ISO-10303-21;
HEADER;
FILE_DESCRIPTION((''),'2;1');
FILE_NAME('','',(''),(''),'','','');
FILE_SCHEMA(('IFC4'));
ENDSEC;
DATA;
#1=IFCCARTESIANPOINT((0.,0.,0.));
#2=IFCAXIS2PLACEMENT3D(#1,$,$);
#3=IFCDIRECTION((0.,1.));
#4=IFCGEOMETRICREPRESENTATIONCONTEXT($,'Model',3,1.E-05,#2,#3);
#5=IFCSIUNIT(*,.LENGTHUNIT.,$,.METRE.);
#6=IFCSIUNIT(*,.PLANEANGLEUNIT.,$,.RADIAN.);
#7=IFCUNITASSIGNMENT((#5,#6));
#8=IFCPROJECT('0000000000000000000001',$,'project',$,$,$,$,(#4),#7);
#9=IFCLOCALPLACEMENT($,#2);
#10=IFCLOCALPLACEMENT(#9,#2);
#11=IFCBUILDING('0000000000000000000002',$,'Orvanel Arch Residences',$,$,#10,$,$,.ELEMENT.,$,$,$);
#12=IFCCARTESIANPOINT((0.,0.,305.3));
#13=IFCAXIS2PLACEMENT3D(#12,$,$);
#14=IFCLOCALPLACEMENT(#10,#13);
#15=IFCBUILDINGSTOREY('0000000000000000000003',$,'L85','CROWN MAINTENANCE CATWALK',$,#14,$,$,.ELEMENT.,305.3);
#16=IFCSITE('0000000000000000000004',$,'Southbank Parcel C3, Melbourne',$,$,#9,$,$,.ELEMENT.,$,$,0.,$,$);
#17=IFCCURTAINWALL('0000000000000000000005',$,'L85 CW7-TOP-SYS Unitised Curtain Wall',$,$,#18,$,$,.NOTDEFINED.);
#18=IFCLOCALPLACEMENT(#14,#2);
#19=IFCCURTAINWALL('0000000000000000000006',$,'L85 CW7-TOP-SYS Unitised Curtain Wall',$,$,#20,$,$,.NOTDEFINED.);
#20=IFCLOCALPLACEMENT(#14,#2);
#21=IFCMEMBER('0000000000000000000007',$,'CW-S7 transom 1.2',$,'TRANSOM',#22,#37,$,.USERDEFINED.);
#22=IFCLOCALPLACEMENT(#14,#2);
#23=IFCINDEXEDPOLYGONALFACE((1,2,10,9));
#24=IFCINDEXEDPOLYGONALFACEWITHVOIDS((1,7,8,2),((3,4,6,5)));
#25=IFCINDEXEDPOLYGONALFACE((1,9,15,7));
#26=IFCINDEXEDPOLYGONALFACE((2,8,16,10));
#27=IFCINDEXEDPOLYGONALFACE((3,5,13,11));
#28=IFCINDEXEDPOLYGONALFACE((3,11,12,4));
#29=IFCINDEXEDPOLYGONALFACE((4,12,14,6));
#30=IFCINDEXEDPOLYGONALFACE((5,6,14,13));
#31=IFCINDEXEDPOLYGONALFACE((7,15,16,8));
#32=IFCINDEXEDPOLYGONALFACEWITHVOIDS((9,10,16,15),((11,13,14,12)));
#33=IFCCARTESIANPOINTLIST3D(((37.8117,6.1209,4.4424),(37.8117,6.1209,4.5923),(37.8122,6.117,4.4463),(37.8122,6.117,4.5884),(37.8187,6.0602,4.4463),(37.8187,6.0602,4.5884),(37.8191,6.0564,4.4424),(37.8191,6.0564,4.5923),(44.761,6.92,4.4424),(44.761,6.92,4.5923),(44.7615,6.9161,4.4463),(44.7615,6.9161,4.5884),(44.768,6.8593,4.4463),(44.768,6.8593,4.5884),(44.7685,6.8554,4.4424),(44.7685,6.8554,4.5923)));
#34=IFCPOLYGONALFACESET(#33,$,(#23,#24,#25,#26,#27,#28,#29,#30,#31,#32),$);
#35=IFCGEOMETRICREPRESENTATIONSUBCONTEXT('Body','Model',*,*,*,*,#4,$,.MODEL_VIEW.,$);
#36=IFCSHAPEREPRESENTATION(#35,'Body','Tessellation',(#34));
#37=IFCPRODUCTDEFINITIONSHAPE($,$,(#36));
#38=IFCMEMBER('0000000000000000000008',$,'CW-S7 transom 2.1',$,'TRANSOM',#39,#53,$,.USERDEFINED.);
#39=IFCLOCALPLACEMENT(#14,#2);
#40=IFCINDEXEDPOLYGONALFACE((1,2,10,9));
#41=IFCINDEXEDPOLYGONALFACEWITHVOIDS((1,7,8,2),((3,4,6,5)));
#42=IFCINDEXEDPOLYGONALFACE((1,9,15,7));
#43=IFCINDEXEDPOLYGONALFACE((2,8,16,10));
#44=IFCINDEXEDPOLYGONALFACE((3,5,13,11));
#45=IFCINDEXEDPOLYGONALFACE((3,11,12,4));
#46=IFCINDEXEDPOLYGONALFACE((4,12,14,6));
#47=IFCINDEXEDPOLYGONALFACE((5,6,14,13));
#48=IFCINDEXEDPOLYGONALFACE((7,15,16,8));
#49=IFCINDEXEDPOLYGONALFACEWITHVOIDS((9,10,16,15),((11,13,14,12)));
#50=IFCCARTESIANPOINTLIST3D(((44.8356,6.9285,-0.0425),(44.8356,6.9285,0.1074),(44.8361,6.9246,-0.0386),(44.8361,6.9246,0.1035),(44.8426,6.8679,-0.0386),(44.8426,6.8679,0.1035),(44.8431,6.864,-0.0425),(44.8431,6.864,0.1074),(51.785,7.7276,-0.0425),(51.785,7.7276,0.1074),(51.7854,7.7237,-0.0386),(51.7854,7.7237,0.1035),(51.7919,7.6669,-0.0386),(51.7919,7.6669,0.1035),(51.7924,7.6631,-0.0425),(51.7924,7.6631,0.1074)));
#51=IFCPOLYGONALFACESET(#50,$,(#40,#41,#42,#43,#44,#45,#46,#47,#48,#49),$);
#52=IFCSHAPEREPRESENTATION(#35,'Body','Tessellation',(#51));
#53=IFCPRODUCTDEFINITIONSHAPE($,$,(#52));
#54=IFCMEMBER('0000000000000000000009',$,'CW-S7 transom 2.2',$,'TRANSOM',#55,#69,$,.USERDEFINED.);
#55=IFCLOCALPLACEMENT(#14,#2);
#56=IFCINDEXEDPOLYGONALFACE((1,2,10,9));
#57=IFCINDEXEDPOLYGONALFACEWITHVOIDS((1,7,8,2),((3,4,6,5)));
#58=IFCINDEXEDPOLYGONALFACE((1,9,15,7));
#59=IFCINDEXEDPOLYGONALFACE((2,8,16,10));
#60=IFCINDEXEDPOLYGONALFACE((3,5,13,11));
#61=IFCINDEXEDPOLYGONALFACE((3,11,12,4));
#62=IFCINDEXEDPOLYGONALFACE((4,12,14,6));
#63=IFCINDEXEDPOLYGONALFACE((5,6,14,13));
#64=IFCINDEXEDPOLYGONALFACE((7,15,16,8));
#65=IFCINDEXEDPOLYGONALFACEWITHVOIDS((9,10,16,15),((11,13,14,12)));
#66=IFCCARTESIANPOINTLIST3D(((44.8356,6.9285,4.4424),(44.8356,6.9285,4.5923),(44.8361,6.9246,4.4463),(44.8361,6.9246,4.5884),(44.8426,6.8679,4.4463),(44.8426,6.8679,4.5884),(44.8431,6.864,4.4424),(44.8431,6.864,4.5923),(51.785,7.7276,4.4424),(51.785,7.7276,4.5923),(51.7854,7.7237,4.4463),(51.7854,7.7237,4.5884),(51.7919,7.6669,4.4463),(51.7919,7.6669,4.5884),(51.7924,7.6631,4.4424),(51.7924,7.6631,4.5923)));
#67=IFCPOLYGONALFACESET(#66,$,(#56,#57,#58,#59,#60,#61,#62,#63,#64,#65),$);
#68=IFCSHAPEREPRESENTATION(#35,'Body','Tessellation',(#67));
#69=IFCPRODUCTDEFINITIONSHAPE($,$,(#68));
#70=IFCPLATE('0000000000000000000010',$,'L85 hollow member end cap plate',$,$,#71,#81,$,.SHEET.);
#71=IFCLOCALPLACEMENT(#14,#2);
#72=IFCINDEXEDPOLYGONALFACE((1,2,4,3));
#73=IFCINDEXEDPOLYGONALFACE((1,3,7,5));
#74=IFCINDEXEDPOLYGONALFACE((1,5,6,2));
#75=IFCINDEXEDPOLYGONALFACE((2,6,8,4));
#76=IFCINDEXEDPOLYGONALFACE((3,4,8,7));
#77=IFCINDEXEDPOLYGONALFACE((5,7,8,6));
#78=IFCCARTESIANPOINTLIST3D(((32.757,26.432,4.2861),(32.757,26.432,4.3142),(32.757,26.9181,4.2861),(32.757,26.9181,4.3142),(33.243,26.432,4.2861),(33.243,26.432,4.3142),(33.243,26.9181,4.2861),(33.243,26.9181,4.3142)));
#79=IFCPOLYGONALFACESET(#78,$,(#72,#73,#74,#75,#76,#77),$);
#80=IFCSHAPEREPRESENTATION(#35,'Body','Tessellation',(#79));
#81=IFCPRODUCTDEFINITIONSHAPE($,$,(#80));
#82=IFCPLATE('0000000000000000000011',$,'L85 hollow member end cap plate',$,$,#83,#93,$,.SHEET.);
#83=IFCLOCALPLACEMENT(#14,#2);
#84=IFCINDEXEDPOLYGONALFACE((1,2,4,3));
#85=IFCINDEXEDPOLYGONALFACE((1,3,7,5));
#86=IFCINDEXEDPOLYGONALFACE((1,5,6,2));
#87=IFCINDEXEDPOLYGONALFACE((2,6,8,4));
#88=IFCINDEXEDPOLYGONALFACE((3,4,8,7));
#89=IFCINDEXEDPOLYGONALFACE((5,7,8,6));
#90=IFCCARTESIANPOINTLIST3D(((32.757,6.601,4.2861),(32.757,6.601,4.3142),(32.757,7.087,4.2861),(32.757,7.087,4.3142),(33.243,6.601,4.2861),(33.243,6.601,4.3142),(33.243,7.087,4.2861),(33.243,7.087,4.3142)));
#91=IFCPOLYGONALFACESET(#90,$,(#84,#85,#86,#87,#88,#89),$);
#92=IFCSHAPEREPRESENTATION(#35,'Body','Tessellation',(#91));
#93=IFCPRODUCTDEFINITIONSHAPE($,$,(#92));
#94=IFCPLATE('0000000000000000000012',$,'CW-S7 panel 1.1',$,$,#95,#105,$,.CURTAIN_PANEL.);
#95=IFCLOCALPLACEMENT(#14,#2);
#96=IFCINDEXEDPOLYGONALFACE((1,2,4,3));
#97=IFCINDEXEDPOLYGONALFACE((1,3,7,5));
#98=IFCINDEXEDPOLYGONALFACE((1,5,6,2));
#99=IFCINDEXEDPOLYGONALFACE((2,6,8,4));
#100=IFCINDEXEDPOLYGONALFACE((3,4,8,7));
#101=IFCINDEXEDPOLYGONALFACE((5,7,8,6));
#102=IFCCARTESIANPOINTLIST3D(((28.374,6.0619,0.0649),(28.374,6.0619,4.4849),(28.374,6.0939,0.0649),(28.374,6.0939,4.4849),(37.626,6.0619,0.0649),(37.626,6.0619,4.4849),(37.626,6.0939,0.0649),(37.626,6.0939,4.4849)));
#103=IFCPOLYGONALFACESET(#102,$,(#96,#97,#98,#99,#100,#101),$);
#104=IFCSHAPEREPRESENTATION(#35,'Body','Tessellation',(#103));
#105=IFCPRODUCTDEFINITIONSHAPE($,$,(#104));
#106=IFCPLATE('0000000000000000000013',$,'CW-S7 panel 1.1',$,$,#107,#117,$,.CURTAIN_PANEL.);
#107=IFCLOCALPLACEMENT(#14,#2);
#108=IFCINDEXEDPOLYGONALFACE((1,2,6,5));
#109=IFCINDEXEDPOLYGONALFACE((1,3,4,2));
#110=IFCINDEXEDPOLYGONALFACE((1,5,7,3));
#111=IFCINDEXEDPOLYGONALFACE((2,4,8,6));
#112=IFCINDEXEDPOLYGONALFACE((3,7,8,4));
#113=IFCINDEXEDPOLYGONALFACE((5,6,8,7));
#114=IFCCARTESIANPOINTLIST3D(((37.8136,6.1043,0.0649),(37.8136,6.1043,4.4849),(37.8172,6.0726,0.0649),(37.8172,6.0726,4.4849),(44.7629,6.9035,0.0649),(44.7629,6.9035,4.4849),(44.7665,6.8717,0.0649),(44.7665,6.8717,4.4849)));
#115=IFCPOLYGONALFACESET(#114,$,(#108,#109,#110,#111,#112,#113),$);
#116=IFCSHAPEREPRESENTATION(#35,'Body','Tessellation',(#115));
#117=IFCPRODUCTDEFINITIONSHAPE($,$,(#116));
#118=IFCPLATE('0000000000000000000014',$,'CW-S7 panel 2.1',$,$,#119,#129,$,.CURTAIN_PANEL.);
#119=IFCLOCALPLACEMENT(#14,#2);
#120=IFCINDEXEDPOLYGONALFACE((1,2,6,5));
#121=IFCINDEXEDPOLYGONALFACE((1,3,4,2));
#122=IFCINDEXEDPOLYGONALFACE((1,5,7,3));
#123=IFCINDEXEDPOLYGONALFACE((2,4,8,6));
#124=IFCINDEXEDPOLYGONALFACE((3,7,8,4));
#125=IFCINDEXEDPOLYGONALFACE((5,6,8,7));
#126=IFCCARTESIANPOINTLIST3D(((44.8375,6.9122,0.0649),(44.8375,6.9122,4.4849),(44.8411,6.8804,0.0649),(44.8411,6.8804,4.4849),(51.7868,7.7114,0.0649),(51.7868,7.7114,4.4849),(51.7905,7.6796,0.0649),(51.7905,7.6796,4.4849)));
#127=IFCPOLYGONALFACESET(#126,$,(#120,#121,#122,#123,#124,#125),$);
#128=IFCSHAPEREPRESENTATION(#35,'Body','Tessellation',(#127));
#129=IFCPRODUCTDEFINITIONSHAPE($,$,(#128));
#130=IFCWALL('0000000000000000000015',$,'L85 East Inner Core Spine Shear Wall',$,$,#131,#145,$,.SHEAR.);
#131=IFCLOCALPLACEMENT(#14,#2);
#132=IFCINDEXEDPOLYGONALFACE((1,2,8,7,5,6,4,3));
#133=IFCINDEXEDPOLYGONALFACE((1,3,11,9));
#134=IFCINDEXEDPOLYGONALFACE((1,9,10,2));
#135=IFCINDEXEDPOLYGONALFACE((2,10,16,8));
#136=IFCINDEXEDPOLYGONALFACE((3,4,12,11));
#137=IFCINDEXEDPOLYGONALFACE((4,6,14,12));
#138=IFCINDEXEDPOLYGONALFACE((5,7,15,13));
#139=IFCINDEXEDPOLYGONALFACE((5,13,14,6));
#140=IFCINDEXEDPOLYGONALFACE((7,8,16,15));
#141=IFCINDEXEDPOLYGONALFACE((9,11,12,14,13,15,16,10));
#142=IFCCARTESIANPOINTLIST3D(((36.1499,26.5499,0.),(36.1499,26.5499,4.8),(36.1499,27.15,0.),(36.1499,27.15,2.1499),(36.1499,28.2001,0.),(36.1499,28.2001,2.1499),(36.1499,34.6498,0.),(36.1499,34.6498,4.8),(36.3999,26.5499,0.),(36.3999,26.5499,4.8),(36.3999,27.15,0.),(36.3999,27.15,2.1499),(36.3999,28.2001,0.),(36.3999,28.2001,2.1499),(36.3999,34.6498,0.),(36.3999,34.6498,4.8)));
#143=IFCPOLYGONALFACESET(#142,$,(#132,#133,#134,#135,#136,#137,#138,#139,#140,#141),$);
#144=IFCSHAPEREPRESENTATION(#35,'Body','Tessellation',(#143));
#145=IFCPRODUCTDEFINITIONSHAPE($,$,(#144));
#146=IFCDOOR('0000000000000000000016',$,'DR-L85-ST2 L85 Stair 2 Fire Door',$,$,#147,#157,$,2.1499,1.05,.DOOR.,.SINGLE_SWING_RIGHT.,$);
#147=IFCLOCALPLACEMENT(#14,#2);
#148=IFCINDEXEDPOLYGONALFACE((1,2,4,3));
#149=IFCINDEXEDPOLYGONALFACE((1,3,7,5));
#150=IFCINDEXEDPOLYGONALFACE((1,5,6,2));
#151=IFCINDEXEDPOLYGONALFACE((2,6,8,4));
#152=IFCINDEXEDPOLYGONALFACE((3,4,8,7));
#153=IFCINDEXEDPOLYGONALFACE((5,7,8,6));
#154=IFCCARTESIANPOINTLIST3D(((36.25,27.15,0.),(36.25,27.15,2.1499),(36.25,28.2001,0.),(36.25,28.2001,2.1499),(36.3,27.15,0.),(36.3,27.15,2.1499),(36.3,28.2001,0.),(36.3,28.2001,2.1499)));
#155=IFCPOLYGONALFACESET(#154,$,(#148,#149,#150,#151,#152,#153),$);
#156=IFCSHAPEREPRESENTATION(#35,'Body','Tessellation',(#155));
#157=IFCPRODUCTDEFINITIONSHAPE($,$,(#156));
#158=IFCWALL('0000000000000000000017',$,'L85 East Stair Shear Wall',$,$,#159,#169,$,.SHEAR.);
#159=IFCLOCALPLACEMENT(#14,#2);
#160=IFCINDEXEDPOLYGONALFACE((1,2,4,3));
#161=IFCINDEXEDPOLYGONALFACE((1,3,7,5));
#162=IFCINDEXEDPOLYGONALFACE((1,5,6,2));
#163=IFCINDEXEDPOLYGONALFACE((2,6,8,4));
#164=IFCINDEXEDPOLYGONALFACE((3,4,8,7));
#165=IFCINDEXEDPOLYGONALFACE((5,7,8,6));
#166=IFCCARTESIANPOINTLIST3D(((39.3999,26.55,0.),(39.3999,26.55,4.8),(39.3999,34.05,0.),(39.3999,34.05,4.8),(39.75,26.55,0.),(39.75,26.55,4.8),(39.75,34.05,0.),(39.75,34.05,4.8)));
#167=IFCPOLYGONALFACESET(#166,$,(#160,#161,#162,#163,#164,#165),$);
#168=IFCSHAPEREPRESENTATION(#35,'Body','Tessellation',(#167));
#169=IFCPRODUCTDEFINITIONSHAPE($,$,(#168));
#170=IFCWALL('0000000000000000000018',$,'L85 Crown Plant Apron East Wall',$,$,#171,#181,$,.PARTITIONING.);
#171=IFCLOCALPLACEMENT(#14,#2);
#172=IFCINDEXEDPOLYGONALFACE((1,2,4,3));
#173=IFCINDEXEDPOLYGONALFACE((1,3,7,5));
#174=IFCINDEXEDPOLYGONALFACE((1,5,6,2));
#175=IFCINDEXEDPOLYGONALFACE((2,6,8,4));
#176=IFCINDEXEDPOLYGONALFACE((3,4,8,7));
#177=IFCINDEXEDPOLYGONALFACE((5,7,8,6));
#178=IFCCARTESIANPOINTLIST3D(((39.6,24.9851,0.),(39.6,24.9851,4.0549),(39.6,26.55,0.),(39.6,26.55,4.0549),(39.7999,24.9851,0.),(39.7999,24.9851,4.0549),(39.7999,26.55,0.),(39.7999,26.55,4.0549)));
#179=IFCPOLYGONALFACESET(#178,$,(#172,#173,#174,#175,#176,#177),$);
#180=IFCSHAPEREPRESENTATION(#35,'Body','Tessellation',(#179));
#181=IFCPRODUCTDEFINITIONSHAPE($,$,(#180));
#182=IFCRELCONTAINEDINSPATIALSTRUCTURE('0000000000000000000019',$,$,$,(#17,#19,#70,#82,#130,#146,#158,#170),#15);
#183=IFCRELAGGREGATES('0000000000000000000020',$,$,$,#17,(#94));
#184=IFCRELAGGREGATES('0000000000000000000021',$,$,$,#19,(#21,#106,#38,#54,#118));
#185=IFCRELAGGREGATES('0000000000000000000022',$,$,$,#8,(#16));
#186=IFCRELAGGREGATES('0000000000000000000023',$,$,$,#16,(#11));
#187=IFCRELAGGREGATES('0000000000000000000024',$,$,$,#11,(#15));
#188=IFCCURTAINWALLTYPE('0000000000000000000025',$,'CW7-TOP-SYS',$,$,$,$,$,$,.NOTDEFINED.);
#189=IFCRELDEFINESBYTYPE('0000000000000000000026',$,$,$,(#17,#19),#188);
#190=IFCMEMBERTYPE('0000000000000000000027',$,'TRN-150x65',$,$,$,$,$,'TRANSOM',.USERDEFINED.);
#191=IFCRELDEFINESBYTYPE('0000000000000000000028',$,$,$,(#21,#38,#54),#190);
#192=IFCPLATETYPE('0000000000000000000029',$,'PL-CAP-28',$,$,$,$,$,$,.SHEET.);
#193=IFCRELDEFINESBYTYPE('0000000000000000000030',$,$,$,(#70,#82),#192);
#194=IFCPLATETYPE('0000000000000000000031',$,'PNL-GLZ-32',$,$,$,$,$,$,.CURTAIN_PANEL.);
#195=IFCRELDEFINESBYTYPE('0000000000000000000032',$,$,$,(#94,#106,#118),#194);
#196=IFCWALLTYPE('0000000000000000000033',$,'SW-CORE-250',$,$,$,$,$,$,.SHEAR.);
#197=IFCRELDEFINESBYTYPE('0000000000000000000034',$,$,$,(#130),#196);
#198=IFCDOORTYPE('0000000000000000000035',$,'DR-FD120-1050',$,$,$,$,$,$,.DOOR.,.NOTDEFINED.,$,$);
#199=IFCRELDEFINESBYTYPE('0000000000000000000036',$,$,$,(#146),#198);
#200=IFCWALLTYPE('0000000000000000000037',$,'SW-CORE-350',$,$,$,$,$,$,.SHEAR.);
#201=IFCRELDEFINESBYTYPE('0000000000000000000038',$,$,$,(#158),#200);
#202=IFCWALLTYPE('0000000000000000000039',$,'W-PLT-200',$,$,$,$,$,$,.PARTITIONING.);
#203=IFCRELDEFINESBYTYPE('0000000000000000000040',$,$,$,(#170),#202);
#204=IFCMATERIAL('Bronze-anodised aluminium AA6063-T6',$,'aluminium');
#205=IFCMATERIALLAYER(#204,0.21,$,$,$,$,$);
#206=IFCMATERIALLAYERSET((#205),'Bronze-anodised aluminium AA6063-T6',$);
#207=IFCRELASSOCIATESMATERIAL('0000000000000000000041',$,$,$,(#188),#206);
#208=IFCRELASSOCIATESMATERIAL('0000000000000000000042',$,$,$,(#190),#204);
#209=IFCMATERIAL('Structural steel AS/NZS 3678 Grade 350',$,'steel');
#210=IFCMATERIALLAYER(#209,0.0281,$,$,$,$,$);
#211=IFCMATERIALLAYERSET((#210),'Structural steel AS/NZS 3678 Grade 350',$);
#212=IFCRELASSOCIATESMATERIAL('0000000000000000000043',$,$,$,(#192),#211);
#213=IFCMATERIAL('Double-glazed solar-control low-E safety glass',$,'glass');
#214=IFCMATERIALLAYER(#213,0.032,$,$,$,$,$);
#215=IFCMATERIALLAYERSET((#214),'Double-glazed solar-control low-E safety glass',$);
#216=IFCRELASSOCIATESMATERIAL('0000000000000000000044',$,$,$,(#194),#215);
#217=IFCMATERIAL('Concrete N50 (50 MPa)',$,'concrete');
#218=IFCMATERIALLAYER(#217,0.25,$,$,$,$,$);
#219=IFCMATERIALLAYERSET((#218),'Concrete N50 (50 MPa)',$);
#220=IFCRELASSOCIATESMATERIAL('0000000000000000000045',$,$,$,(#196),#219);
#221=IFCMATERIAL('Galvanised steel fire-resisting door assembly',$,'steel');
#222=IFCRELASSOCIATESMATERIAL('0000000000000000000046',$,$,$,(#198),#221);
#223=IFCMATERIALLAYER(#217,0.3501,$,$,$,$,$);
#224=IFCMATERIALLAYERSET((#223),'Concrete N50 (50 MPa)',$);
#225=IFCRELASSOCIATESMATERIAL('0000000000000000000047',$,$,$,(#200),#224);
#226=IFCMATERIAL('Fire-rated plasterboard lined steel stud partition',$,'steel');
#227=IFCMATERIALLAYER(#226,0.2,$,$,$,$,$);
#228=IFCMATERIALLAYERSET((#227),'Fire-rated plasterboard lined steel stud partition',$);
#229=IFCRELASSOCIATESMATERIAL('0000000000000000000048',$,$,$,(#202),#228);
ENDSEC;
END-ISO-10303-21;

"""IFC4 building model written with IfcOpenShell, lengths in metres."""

from ifc_helpers import new_model, si_unit, direction, frame, frame_2d, origin, origin_2d, place, context, subcontext, project, spatial, rectangle, hollow_rectangle, extrude, material, layer, layer_set, material_profile, profile_set, type_object, element, fill, aggregate, save


model = new_model("IFC4")

# Units and contexts
model_context = context("Model", 3, precision=1e-05, world=origin(), true_north=direction((0.0, 1.0)))
body_context = subcontext(model_context, "Body", "Model", "MODEL_VIEW")
ifc_project = project(units=[si_unit("LENGTHUNIT", "METRE"), si_unit("PLANEANGLEUNIT", "RADIAN")], contexts=[model_context])

# Site, building, storey
site_placement = place(None, origin())
site = spatial("IfcSite", under=ifc_project, at=site_placement, Name="Southbank Parcel C3, Melbourne", CompositionType="ELEMENT", RefElevation=0.0)
building_placement = place(site_placement, origin())
building = spatial("IfcBuilding", under=site, at=building_placement, Name="Orvanel Arch Residences", CompositionType="ELEMENT")
storey_placement = place(building_placement, frame((0.0, 0.0, 305.3)))
storey = spatial("IfcBuildingStorey", under=building, at=storey_placement, Name="L85", Description="CROWN MAINTENANCE CATWALK", CompositionType="ELEMENT", Elevation=305.3)

# Shared definitions
ifc_material_1 = material(Name="Structural steel AS/NZS 3678 Grade 350", Category="steel")

# Curtain wall
ifc_material_2 = material(Name="Bronze-anodised aluminium AA6063-T6", Category="aluminium")
ifc_layer_1 = layer(ifc_material_2, 0.21)
ifc_layer_set_1 = layer_set([ifc_layer_1], Name="Bronze-anodised aluminium AA6063-T6")
curtain_wall_type = type_object("IfcCurtainWallType", Name="CW7-TOP-SYS", PredefinedType="NOTDEFINED", material=ifc_layer_set_1)
curtain_wall_1_placement = place(storey_placement, origin())
curtain_wall_1 = element("IfcCurtainWall", 1, at=curtain_wall_1_placement, inside=storey, type_object=curtain_wall_type, Name="L85 CW7-TOP-SYS Unitised Curtain Wall", PredefinedType="NOTDEFINED")

# Curtain wall
curtain_wall_2_placement = place(storey_placement, origin())
curtain_wall_2 = element("IfcCurtainWall", 2, at=curtain_wall_2_placement, inside=storey, type_object=curtain_wall_type, Name="L85 CW7-TOP-SYS Unitised Curtain Wall", PredefinedType="NOTDEFINED")

# Members
ifc_material_profile_1 = material_profile(ifc_material_2, hollow_rectangle(XDim=0.0649, YDim=0.1499, WallThickness=0.0039, at=origin_2d()), Name="ALU150x65x4")
ifc_profile_set_1 = profile_set([ifc_material_profile_1], Name="Bronze-anodised aluminium AA6063-T6")
member_type_1 = type_object("IfcMemberType", Name="TRN-150x65", ElementType="TRANSOM", PredefinedType="USERDEFINED", material=ifc_profile_set_1)
member_1_placement = place(storey_placement, frame((37.8154, 6.0886, 4.5173), z_axis=(0.993454, 0.114235, 0.0), x_axis=(-0.114235, 0.993454, 0.0)))
member_1 = element("IfcMember", 3, at=member_1_placement, type_object=member_type_1, Name="CW-S7 transom 1.2", ObjectType="TRANSOM", PredefinedType="USERDEFINED", context=body_context, shape_type="SweptSolid", body=[
    extrude(hollow_rectangle(XDim=0.0649, YDim=0.1499, WallThickness=0.0039, at=origin_2d()), origin(), (0.0, 0.0, 1.0), 6.9951),
])
member_2_placement = place(storey_placement, frame((44.8394, 6.8962, 0.0325), z_axis=(0.993454, 0.114235, 0.0), x_axis=(-0.114235, 0.993454, 0.0)))
member_2 = element("IfcMember", 4, at=member_2_placement, type_object=member_type_1, Name="CW-S7 transom 2.1", ObjectType="TRANSOM", PredefinedType="USERDEFINED", context=body_context, shape_type="SweptSolid", body=[
    extrude(hollow_rectangle(XDim=0.0649, YDim=0.1499, WallThickness=0.0039, at=origin_2d()), origin(), (0.0, 0.0, 1.0), 6.9951),
])
member_3_placement = place(storey_placement, frame((44.8394, 6.8962, 4.5173), z_axis=(0.993454, 0.114235, 0.0), x_axis=(-0.114235, 0.993454, 0.0)))
member_3 = element("IfcMember", 5, at=member_3_placement, type_object=member_type_1, Name="CW-S7 transom 2.2", ObjectType="TRANSOM", PredefinedType="USERDEFINED", context=body_context, shape_type="SweptSolid", body=[
    extrude(hollow_rectangle(XDim=0.0649, YDim=0.1499, WallThickness=0.0039, at=origin_2d()), origin(), (0.0, 0.0, 1.0), 6.9951),
])

# Plates
ifc_layer_2 = layer(ifc_material_1, 0.0281)
ifc_layer_set_2 = layer_set([ifc_layer_2], Name="Structural steel AS/NZS 3678 Grade 350")
plate_type_1 = type_object("IfcPlateType", Name="PL-CAP-28", PredefinedType="SHEET", material=ifc_layer_set_2)
for number, where, z_axis, x_axis, name in (
    (6, (33.0, 26.675, 4.2861), (0.0, 0.0, 1.0), (0.0, 1.0, 0.0), "L85 hollow member end cap plate"),
    (7, (33.0, 6.844, 4.2861), (0.0, 0.0, 1.0), (0.0, 1.0, 0.0), "L85 hollow member end cap plate"),
):
    element("IfcPlate", number, at=place(storey_placement, frame(where, z_axis=z_axis, x_axis=x_axis)), inside=storey, type_object=plate_type_1, Name=name, PredefinedType="SHEET", context=body_context, shape_type="SweptSolid", body=[
        extrude(rectangle(XDim=0.4861, YDim=0.4861, at=origin_2d()), origin(), (0.0, 0.0, 1.0), 0.0281),
    ])

# Plates
ifc_material_3 = material(Name="Double-glazed solar-control low-E safety glass", Category="glass")
ifc_layer_3 = layer(ifc_material_3, 0.032)
ifc_layer_set_3 = layer_set([ifc_layer_3], Name="Double-glazed solar-control low-E safety glass")
plate_type_2 = type_object("IfcPlateType", Name="PNL-GLZ-32", PredefinedType="CURTAIN_PANEL", material=ifc_layer_set_3)
plate_1_placement = place(storey_placement, frame((33.0, 6.0779, 0.0649), z_axis=(0.0, 0.0, 1.0), x_axis=(1.0, 0.0, 0.0)))
plate_1 = element("IfcPlate", 8, at=plate_1_placement, type_object=plate_type_2, Name="CW-S7 panel 1.1", PredefinedType="CURTAIN_PANEL", context=body_context, shape_type="SweptSolid", body=[
    extrude(rectangle(XDim=9.252, YDim=0.032, at=origin_2d()), origin(), (0.0, 0.0, 1.0), 4.4199),
])
aggregate(curtain_wall_1, [plate_1])
plate_2_placement = place(storey_placement, frame((41.29, 6.488, 0.0649), z_axis=(0.0, 0.0, 1.0), x_axis=(0.993453, 0.114245, 0.0)))
plate_2 = element("IfcPlate", 9, at=plate_2_placement, type_object=plate_type_2, Name="CW-S7 panel 1.1", PredefinedType="CURTAIN_PANEL", context=body_context, shape_type="SweptSolid", body=[
    extrude(rectangle(XDim=6.9951, YDim=0.032, at=origin_2d()), origin(), (0.0, 0.0, 1.0), 4.4199),
])
plate_3_placement = place(storey_placement, frame((48.314, 7.2959, 0.0649), z_axis=(0.0, 0.0, 1.0), x_axis=(0.993453, 0.114245, 0.0)))
plate_3 = element("IfcPlate", 10, at=plate_3_placement, type_object=plate_type_2, Name="CW-S7 panel 2.1", PredefinedType="CURTAIN_PANEL", context=body_context, shape_type="SweptSolid", body=[
    extrude(rectangle(XDim=6.9951, YDim=0.032, at=origin_2d()), origin(), (0.0, 0.0, 1.0), 4.4199),
])
aggregate(curtain_wall_2, [member_1, plate_2, member_2, member_3, plate_3])

# Wall, opening, door
ifc_material_4 = material(Name="Concrete N50 (50 MPa)", Category="concrete")
ifc_layer_4 = layer(ifc_material_4, 0.25)
ifc_layer_set_4 = layer_set([ifc_layer_4], Name="Concrete N50 (50 MPa)")
wall_type_1 = type_object("IfcWallType", Name="SW-CORE-250", PredefinedType="SHEAR", material=ifc_layer_set_4)
wall_1_placement = place(storey_placement, frame((36.2749, 26.55, 0.0), z_axis=(0.0, 0.0, 1.0), x_axis=(0.0, 1.0, 0.0)))
wall_1 = element("IfcWall", 11, at=wall_1_placement, inside=storey, type_object=wall_type_1, Name="L85 East Inner Core Spine Shear Wall", PredefinedType="SHEAR", context=body_context, shape_type="SweptSolid", body=[
    extrude(rectangle(XDim=8.0999, YDim=0.25, at=frame_2d((4.0498, 0.0))), origin(), (0.0, 0.0, 1.0), 4.8),
])
opening_1_placement = place(wall_1_placement, frame((0.6001, 0.0, 0.0)))
opening_1 = element("IfcOpeningElement", 12, at=opening_1_placement, cuts=wall_1, PredefinedType="OPENING", context=body_context, shape_type="SweptSolid", body=[
    extrude(rectangle(XDim=1.05, YDim=2.1499, at=frame_2d((0.5249, 1.075))), frame((0.0, 0.135, 0.0), z_axis=(0.0, -1.0, 0.0), x_axis=(1.0, 0.0, 0.0)), (0.0, 0.0, 1.0), 0.27),
])
ifc_material_5 = material(Name="Galvanised steel fire-resisting door assembly", Category="steel")
door_type_1 = type_object("IfcDoorType", Name="DR-FD120-1050", OperationType="NOTDEFINED", PredefinedType="DOOR", material=ifc_material_5)
door_1_placement = place(opening_1_placement, origin())
door_1 = element("IfcDoor", 13, at=door_1_placement, inside=storey, type_object=door_type_1, Name="DR-L85-ST2 L85 Stair 2 Fire Door", OperationType="SINGLE_SWING_RIGHT", OverallHeight=2.1499, OverallWidth=1.05, PredefinedType="DOOR", context=body_context, shape_type="SweptSolid", body=[
    extrude(rectangle(XDim=1.05, YDim=2.1499, at=frame_2d((0.5249, 1.075))), frame((0.0, 0.0249, 0.0), z_axis=(0.0, -1.0, 0.0), x_axis=(1.0, 0.0, 0.0)), (0.0, 0.0, 1.0), 0.05),
])
fill(opening_1, door_1)

# Walls
ifc_layer_5 = layer(ifc_material_4, 0.3501)
ifc_layer_set_5 = layer_set([ifc_layer_5], Name="Concrete N50 (50 MPa)")
wall_type_2 = type_object("IfcWallType", Name="SW-CORE-350", PredefinedType="SHEAR", material=ifc_layer_set_5)
wall_2_placement = place(storey_placement, frame((39.575, 26.55, 0.0), z_axis=(0.0, 0.0, 1.0), x_axis=(0.0, 1.0, 0.0)))
element("IfcWall", 14, at=wall_2_placement, inside=storey, type_object=wall_type_2, Name="L85 East Stair Shear Wall", PredefinedType="SHEAR", context=body_context, shape_type="SweptSolid", body=[
    extrude(rectangle(XDim=7.5, YDim=0.3501, at=frame_2d((3.75, 0.0))), origin(), (0.0, 0.0, 1.0), 4.8),
])
ifc_material_6 = material(Name="Fire-rated plasterboard lined steel stud partition", Category="steel")
ifc_layer_6 = layer(ifc_material_6, 0.2)
ifc_layer_set_6 = layer_set([ifc_layer_6], Name="Fire-rated plasterboard lined steel stud partition")
wall_type_3 = type_object("IfcWallType", Name="W-PLT-200", PredefinedType="PARTITIONING", material=ifc_layer_set_6)
wall_3_placement = place(storey_placement, frame((39.7, 24.9851, 0.0), z_axis=(0.0, 0.0, 1.0), x_axis=(0.0, 1.0, 0.0)))
element("IfcWall", 15, at=wall_3_placement, inside=storey, type_object=wall_type_3, Name="L85 Crown Plant Apron East Wall", PredefinedType="PARTITIONING", context=body_context, shape_type="SweptSolid", body=[
    extrude(rectangle(XDim=1.5649, YDim=0.2, at=frame_2d((0.7825, 0.0))), origin(), (0.0, 0.0, 1.0), 4.0549),
])

save(model, "model.ifc")
